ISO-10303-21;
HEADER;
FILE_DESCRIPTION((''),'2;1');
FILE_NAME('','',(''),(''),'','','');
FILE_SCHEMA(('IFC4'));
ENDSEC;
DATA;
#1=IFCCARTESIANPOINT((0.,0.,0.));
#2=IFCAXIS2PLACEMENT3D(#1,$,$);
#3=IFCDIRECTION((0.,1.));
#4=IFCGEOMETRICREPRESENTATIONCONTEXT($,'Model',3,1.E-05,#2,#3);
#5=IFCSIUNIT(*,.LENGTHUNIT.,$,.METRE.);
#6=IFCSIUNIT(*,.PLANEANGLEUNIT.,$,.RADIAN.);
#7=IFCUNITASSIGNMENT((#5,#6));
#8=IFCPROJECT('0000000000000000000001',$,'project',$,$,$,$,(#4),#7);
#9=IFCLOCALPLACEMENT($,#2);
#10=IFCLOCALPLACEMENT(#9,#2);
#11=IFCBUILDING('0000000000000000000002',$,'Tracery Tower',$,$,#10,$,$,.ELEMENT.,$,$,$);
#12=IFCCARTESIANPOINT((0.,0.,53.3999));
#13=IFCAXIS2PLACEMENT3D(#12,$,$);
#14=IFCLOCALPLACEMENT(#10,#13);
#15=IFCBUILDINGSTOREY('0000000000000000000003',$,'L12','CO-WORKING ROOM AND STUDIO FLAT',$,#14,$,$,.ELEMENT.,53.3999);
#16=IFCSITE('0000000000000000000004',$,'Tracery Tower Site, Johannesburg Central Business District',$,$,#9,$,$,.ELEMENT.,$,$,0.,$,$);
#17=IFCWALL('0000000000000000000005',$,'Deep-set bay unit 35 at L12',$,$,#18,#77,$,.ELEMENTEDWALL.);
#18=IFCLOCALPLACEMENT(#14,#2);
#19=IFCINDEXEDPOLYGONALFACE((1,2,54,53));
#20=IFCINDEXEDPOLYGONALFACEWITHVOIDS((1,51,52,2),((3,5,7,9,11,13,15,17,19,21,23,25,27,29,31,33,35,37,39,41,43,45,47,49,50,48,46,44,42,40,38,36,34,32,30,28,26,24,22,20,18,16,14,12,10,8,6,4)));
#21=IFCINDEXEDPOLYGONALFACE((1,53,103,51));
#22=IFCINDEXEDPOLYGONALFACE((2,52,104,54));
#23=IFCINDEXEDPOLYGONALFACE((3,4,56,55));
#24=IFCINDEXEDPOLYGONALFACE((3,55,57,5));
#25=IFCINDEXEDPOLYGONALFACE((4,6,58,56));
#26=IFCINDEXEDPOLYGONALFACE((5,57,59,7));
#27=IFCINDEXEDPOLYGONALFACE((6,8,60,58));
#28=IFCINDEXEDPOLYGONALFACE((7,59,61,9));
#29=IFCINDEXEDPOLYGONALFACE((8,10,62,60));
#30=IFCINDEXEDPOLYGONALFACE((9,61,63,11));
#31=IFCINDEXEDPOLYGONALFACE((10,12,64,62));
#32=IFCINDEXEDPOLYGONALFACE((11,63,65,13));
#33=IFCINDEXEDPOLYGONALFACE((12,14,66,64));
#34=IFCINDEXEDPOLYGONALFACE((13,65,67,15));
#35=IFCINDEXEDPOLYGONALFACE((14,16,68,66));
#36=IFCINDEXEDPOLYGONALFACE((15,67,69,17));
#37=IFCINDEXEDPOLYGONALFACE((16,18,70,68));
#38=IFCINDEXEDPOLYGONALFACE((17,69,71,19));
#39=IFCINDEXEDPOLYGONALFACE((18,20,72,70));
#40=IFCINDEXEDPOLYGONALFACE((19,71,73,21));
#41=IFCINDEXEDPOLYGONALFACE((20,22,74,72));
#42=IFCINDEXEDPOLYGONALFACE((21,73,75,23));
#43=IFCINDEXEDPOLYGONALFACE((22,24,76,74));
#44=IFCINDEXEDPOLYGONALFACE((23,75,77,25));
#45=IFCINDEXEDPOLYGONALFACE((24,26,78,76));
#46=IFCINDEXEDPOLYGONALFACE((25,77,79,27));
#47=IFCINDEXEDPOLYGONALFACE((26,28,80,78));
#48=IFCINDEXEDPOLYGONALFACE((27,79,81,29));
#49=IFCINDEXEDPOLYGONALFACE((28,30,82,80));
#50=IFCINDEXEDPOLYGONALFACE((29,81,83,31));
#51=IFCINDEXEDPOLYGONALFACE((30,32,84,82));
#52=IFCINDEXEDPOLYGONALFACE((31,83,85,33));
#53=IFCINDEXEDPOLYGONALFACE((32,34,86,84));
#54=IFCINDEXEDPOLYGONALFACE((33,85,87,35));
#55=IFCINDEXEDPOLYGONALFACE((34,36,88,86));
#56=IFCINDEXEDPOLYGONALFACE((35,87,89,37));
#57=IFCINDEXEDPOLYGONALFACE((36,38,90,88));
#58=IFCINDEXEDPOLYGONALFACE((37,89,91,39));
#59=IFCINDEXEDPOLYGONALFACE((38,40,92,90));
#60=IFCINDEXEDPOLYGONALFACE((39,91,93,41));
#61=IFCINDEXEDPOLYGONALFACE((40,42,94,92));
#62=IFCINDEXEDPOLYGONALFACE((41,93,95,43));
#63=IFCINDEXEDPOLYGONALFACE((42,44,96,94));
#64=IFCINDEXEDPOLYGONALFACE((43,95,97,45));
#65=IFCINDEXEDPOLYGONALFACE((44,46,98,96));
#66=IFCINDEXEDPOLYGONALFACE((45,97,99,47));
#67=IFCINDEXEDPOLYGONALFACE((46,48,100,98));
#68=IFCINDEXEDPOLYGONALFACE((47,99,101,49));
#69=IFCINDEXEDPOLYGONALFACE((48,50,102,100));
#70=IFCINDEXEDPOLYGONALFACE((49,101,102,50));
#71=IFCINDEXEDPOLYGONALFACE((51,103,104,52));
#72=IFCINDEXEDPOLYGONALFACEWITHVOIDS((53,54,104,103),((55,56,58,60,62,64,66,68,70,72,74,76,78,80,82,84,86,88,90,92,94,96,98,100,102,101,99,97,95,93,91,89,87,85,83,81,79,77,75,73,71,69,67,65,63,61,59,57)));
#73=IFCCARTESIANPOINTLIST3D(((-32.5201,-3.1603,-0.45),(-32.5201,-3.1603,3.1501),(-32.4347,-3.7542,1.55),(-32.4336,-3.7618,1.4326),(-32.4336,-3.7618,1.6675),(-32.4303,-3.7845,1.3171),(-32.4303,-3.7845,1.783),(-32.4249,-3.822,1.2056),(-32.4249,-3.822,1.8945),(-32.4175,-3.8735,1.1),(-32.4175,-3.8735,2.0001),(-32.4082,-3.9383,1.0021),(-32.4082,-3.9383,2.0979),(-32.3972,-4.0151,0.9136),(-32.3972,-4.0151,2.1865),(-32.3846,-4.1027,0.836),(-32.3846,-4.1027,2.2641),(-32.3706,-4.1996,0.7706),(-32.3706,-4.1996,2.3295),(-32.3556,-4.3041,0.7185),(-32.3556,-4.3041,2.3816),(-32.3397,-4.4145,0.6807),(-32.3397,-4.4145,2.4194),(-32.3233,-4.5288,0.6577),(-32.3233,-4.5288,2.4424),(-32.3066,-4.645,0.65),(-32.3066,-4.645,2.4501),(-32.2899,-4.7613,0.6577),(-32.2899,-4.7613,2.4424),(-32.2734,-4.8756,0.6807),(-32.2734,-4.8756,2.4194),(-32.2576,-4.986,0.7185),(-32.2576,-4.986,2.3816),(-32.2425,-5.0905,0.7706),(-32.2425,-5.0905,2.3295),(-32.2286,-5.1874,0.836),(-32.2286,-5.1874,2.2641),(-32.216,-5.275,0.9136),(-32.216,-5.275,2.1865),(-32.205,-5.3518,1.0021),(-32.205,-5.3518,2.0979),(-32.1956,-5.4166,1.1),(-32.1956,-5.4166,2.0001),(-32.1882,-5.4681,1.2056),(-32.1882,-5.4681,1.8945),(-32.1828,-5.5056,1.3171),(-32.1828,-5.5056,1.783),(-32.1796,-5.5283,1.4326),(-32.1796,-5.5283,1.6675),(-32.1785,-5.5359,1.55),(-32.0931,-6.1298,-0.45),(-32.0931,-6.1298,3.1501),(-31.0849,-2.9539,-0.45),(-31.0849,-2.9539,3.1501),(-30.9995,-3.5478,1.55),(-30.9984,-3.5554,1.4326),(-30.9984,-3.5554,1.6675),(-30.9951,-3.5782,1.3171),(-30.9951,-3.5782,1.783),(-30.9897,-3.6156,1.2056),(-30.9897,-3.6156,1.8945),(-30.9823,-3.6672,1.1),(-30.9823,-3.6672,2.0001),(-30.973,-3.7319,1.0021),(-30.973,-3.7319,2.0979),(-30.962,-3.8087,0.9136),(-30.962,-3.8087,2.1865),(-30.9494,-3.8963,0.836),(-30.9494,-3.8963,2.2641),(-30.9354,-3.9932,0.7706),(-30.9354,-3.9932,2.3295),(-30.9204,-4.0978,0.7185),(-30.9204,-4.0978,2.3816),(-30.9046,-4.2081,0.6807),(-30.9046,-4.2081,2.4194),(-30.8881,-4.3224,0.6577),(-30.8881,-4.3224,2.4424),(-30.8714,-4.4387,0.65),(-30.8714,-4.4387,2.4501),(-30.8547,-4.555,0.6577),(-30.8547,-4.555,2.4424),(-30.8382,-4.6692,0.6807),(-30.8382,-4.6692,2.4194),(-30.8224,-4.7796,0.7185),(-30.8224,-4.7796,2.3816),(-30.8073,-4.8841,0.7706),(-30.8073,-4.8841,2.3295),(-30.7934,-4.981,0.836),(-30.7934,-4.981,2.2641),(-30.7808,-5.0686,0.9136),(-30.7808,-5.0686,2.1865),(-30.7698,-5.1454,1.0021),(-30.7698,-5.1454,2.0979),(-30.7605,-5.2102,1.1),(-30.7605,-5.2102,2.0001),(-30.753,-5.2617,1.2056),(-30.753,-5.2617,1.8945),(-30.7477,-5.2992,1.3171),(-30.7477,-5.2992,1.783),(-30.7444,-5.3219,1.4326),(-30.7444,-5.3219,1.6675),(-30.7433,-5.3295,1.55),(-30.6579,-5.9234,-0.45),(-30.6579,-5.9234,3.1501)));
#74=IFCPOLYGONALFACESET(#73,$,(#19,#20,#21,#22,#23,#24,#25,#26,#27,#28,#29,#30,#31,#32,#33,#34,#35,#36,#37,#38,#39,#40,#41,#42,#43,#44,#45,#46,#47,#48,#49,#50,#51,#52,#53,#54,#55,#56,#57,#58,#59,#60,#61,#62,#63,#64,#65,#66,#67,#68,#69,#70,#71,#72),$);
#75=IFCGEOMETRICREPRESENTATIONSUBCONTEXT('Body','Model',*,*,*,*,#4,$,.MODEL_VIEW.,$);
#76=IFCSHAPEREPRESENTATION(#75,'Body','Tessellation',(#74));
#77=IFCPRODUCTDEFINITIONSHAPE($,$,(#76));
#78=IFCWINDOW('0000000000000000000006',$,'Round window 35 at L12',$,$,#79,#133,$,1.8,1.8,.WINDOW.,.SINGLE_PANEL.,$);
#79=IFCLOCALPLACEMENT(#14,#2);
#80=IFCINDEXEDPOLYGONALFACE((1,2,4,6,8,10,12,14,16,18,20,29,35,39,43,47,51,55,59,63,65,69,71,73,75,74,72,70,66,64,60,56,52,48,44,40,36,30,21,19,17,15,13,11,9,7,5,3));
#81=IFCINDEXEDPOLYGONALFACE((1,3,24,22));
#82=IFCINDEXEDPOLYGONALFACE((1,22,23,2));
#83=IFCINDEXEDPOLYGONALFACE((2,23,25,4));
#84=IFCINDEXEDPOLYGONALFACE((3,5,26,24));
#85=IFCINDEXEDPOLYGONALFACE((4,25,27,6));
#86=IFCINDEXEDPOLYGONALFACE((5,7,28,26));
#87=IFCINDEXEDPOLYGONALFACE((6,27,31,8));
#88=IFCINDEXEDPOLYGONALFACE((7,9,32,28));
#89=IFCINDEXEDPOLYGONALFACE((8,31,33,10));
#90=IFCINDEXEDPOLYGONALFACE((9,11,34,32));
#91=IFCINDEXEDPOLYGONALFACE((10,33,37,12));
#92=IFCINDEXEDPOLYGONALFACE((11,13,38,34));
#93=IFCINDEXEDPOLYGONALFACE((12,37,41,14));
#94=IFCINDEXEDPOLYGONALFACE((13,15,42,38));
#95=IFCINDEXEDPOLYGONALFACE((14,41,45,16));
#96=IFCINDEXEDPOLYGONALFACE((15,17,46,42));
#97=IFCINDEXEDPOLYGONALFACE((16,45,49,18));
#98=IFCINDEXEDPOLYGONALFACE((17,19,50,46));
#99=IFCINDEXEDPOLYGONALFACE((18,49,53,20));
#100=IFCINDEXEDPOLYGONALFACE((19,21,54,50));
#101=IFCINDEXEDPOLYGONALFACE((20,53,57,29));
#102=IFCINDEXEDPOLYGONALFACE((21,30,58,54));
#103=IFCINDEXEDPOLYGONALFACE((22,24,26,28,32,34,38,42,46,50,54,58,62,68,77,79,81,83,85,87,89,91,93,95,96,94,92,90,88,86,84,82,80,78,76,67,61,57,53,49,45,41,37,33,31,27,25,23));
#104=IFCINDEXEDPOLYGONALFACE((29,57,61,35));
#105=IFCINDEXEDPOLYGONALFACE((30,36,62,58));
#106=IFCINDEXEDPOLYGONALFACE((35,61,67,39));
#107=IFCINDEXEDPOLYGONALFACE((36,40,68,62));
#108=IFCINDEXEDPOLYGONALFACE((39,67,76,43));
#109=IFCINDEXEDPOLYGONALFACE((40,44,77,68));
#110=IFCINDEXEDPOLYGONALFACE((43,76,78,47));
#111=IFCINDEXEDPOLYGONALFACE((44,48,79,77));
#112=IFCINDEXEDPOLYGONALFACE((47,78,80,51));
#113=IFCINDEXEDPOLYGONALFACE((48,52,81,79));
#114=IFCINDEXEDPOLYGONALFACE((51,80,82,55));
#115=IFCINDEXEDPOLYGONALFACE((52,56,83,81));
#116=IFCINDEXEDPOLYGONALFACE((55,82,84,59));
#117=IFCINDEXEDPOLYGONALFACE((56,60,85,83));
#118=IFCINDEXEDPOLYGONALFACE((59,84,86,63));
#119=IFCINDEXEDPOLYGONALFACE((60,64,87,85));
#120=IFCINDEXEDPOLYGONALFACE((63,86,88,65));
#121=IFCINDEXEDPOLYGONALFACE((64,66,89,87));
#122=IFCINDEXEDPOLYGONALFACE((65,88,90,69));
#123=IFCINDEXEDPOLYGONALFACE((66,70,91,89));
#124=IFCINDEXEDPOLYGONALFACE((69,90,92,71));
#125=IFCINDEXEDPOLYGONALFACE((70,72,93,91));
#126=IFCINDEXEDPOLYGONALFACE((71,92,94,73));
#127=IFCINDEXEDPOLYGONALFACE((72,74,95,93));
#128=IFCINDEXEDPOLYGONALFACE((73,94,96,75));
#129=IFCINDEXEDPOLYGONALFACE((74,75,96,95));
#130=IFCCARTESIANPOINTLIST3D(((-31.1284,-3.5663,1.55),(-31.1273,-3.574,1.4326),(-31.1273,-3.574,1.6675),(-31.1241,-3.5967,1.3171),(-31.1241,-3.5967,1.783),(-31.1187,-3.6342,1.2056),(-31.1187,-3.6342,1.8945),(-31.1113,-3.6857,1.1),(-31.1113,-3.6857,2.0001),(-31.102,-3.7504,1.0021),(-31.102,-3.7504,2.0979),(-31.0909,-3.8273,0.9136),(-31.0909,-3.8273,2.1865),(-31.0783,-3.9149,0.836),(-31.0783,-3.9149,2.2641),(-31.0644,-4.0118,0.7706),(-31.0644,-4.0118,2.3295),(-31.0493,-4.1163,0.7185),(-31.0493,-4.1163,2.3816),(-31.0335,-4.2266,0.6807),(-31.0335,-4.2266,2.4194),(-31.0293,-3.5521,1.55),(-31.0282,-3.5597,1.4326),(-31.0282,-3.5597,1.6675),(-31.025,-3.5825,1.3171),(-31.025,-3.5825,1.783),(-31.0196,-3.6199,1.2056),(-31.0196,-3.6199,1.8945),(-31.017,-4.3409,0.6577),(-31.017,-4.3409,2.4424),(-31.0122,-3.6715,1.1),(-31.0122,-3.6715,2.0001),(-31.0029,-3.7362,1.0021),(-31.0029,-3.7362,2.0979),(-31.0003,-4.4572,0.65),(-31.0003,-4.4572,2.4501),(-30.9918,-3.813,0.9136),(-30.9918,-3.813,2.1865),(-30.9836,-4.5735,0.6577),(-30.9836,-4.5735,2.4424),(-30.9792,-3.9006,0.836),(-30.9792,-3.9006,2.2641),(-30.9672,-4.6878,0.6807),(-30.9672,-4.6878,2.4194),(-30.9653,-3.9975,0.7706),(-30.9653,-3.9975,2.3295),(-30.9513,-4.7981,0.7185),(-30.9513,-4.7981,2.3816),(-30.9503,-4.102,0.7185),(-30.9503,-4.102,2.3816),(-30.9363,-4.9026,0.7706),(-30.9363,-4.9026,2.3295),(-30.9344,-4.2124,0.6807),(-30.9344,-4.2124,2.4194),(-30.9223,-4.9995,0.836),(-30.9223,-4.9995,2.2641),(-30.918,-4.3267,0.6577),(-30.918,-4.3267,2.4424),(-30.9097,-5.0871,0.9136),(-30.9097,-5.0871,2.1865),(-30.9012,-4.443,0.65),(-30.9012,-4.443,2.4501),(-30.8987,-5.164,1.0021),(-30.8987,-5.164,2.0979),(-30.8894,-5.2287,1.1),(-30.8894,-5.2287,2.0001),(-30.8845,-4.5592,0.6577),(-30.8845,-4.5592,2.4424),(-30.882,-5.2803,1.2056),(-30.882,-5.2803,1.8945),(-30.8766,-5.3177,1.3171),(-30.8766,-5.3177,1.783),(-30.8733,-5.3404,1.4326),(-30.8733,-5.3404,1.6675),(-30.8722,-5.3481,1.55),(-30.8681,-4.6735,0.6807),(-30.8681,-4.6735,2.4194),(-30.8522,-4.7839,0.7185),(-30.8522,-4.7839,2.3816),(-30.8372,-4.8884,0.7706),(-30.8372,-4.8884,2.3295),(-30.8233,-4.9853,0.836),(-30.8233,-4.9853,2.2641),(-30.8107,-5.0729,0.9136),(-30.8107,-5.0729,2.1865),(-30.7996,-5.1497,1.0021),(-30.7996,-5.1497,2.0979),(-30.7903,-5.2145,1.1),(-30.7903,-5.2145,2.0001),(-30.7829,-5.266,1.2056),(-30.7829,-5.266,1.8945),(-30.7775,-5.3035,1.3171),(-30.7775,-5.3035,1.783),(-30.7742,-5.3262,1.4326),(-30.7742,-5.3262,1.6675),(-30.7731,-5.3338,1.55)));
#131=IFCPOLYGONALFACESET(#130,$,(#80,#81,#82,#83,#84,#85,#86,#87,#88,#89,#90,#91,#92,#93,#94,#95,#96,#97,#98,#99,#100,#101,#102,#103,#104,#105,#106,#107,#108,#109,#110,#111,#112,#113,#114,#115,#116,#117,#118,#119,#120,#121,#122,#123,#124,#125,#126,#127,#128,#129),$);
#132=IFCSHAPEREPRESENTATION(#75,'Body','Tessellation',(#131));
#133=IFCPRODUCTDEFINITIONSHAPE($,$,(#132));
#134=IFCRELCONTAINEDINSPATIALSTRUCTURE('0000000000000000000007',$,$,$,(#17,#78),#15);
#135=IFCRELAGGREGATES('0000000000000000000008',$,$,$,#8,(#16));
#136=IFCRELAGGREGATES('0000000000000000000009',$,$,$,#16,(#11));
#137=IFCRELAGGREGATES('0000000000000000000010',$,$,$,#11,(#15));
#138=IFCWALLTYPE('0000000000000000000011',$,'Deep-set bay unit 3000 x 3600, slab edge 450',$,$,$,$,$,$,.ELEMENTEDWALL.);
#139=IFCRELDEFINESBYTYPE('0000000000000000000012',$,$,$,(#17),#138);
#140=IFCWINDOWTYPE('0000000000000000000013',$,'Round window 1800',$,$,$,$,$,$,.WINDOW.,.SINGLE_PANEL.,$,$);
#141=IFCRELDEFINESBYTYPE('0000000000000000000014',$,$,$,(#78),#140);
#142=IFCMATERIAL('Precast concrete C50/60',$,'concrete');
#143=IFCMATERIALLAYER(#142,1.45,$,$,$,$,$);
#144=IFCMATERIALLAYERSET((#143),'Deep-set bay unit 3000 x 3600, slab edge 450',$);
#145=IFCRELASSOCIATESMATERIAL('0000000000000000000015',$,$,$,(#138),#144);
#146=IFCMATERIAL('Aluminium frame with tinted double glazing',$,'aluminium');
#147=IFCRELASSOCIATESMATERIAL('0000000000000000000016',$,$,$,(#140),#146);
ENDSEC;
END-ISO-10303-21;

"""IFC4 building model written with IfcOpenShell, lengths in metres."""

from ifc_helpers import new_model, si_unit, direction, frame, frame_2d, origin, origin_2d, place, context, subcontext, project, spatial, rectangle, circle, extrude, material, layer, layer_set, type_object, element, fill, save


model = new_model("IFC4")

# Units and contexts
model_context = context("Model", 3, precision=1e-05, world=origin(), true_north=direction((0.0, 1.0)))
body_context = subcontext(model_context, "Body", "Model", "MODEL_VIEW")
ifc_project = project(units=[si_unit("LENGTHUNIT", "METRE"), si_unit("PLANEANGLEUNIT", "RADIAN")], contexts=[model_context])

# Site, building, storey
site_placement = place(None, origin())
site = spatial("IfcSite", under=ifc_project, at=site_placement, Name="Tracery Tower Site, Johannesburg Central Business District", CompositionType="ELEMENT", RefElevation=0.0)
building_placement = place(site_placement, origin())
building = spatial("IfcBuilding", under=site, at=building_placement, Name="Tracery Tower", CompositionType="ELEMENT")
storey_placement = place(building_placement, frame((0.0, 0.0, 53.3999)))
storey = spatial("IfcBuildingStorey", under=building, at=storey_placement, Name="L12", Description="CO-WORKING ROOM AND STUDIO FLAT", CompositionType="ELEMENT", Elevation=53.3999)

# Wall, opening, window
ifc_material_1 = material(Name="Precast concrete C50/60", Category="concrete")
ifc_layer_1 = layer(ifc_material_1, 1.45)
ifc_layer_set_1 = layer_set([ifc_layer_1], Name="Deep-set bay unit 3000 x 3600, slab edge 450")
wall_type_1 = type_object("IfcWallType", Name="Deep-set bay unit 3000 x 3600, slab edge 450", PredefinedType="ELEMENTEDWALL", material=ifc_layer_set_1)
wall_1_placement = place(storey_placement, frame((-31.8025, -3.0571, -0.45), z_axis=(0.0, 0.0, 1.0), x_axis=(0.142333, -0.989819, 0.0)))
wall_1 = element("IfcWall", 1, at=wall_1_placement, inside=storey, type_object=wall_type_1, Name="Deep-set bay unit 35 at L12", PredefinedType="ELEMENTEDWALL", context=body_context, shape_type="SweptSolid", body=[
    extrude(rectangle(XDim=3.0, YDim=1.45, at=frame_2d((1.5, 0.0))), origin(), (0.0, 0.0, 1.0), 3.6001),
])
opening_1_placement = place(wall_1_placement, frame((1.5, 0.0, 2.0)))
opening_1 = element("IfcOpeningElement", 2, at=opening_1_placement, cuts=wall_1, PredefinedType="OPENING", context=body_context, shape_type="SweptSolid", body=[
    extrude(circle(Radius=0.9, at=origin_2d()), frame((0.0, 0.7349, 0.0), z_axis=(0.0, -1.0, 0.0), x_axis=(1.0, 0.0, 0.0)), (0.0, 0.0, 1.0), 1.47),
])
ifc_material_2 = material(Name="Aluminium frame with tinted double glazing", Category="aluminium")
window_type = type_object("IfcWindowType", Name="Round window 1800", PartitioningType="SINGLE_PANEL", PredefinedType="WINDOW", material=ifc_material_2)
window_1_placement = place(opening_1_placement, origin())
window_1 = element("IfcWindow", 3, at=window_1_placement, inside=storey, type_object=window_type, Name="Round window 35 at L12", OverallHeight=1.8, OverallWidth=1.8, PartitioningType="SINGLE_PANEL", PredefinedType="WINDOW", context=body_context, shape_type="SweptSolid", body=[
    extrude(circle(Radius=0.9, at=origin_2d()), frame((0.0, 0.6948, 0.0), z_axis=(0.0, -1.0, 0.0), x_axis=(1.0, 0.0, 0.0)), (0.0, 0.0, 1.0), 0.1001),
])
fill(opening_1, window_1)

save(model, "model.ifc")
